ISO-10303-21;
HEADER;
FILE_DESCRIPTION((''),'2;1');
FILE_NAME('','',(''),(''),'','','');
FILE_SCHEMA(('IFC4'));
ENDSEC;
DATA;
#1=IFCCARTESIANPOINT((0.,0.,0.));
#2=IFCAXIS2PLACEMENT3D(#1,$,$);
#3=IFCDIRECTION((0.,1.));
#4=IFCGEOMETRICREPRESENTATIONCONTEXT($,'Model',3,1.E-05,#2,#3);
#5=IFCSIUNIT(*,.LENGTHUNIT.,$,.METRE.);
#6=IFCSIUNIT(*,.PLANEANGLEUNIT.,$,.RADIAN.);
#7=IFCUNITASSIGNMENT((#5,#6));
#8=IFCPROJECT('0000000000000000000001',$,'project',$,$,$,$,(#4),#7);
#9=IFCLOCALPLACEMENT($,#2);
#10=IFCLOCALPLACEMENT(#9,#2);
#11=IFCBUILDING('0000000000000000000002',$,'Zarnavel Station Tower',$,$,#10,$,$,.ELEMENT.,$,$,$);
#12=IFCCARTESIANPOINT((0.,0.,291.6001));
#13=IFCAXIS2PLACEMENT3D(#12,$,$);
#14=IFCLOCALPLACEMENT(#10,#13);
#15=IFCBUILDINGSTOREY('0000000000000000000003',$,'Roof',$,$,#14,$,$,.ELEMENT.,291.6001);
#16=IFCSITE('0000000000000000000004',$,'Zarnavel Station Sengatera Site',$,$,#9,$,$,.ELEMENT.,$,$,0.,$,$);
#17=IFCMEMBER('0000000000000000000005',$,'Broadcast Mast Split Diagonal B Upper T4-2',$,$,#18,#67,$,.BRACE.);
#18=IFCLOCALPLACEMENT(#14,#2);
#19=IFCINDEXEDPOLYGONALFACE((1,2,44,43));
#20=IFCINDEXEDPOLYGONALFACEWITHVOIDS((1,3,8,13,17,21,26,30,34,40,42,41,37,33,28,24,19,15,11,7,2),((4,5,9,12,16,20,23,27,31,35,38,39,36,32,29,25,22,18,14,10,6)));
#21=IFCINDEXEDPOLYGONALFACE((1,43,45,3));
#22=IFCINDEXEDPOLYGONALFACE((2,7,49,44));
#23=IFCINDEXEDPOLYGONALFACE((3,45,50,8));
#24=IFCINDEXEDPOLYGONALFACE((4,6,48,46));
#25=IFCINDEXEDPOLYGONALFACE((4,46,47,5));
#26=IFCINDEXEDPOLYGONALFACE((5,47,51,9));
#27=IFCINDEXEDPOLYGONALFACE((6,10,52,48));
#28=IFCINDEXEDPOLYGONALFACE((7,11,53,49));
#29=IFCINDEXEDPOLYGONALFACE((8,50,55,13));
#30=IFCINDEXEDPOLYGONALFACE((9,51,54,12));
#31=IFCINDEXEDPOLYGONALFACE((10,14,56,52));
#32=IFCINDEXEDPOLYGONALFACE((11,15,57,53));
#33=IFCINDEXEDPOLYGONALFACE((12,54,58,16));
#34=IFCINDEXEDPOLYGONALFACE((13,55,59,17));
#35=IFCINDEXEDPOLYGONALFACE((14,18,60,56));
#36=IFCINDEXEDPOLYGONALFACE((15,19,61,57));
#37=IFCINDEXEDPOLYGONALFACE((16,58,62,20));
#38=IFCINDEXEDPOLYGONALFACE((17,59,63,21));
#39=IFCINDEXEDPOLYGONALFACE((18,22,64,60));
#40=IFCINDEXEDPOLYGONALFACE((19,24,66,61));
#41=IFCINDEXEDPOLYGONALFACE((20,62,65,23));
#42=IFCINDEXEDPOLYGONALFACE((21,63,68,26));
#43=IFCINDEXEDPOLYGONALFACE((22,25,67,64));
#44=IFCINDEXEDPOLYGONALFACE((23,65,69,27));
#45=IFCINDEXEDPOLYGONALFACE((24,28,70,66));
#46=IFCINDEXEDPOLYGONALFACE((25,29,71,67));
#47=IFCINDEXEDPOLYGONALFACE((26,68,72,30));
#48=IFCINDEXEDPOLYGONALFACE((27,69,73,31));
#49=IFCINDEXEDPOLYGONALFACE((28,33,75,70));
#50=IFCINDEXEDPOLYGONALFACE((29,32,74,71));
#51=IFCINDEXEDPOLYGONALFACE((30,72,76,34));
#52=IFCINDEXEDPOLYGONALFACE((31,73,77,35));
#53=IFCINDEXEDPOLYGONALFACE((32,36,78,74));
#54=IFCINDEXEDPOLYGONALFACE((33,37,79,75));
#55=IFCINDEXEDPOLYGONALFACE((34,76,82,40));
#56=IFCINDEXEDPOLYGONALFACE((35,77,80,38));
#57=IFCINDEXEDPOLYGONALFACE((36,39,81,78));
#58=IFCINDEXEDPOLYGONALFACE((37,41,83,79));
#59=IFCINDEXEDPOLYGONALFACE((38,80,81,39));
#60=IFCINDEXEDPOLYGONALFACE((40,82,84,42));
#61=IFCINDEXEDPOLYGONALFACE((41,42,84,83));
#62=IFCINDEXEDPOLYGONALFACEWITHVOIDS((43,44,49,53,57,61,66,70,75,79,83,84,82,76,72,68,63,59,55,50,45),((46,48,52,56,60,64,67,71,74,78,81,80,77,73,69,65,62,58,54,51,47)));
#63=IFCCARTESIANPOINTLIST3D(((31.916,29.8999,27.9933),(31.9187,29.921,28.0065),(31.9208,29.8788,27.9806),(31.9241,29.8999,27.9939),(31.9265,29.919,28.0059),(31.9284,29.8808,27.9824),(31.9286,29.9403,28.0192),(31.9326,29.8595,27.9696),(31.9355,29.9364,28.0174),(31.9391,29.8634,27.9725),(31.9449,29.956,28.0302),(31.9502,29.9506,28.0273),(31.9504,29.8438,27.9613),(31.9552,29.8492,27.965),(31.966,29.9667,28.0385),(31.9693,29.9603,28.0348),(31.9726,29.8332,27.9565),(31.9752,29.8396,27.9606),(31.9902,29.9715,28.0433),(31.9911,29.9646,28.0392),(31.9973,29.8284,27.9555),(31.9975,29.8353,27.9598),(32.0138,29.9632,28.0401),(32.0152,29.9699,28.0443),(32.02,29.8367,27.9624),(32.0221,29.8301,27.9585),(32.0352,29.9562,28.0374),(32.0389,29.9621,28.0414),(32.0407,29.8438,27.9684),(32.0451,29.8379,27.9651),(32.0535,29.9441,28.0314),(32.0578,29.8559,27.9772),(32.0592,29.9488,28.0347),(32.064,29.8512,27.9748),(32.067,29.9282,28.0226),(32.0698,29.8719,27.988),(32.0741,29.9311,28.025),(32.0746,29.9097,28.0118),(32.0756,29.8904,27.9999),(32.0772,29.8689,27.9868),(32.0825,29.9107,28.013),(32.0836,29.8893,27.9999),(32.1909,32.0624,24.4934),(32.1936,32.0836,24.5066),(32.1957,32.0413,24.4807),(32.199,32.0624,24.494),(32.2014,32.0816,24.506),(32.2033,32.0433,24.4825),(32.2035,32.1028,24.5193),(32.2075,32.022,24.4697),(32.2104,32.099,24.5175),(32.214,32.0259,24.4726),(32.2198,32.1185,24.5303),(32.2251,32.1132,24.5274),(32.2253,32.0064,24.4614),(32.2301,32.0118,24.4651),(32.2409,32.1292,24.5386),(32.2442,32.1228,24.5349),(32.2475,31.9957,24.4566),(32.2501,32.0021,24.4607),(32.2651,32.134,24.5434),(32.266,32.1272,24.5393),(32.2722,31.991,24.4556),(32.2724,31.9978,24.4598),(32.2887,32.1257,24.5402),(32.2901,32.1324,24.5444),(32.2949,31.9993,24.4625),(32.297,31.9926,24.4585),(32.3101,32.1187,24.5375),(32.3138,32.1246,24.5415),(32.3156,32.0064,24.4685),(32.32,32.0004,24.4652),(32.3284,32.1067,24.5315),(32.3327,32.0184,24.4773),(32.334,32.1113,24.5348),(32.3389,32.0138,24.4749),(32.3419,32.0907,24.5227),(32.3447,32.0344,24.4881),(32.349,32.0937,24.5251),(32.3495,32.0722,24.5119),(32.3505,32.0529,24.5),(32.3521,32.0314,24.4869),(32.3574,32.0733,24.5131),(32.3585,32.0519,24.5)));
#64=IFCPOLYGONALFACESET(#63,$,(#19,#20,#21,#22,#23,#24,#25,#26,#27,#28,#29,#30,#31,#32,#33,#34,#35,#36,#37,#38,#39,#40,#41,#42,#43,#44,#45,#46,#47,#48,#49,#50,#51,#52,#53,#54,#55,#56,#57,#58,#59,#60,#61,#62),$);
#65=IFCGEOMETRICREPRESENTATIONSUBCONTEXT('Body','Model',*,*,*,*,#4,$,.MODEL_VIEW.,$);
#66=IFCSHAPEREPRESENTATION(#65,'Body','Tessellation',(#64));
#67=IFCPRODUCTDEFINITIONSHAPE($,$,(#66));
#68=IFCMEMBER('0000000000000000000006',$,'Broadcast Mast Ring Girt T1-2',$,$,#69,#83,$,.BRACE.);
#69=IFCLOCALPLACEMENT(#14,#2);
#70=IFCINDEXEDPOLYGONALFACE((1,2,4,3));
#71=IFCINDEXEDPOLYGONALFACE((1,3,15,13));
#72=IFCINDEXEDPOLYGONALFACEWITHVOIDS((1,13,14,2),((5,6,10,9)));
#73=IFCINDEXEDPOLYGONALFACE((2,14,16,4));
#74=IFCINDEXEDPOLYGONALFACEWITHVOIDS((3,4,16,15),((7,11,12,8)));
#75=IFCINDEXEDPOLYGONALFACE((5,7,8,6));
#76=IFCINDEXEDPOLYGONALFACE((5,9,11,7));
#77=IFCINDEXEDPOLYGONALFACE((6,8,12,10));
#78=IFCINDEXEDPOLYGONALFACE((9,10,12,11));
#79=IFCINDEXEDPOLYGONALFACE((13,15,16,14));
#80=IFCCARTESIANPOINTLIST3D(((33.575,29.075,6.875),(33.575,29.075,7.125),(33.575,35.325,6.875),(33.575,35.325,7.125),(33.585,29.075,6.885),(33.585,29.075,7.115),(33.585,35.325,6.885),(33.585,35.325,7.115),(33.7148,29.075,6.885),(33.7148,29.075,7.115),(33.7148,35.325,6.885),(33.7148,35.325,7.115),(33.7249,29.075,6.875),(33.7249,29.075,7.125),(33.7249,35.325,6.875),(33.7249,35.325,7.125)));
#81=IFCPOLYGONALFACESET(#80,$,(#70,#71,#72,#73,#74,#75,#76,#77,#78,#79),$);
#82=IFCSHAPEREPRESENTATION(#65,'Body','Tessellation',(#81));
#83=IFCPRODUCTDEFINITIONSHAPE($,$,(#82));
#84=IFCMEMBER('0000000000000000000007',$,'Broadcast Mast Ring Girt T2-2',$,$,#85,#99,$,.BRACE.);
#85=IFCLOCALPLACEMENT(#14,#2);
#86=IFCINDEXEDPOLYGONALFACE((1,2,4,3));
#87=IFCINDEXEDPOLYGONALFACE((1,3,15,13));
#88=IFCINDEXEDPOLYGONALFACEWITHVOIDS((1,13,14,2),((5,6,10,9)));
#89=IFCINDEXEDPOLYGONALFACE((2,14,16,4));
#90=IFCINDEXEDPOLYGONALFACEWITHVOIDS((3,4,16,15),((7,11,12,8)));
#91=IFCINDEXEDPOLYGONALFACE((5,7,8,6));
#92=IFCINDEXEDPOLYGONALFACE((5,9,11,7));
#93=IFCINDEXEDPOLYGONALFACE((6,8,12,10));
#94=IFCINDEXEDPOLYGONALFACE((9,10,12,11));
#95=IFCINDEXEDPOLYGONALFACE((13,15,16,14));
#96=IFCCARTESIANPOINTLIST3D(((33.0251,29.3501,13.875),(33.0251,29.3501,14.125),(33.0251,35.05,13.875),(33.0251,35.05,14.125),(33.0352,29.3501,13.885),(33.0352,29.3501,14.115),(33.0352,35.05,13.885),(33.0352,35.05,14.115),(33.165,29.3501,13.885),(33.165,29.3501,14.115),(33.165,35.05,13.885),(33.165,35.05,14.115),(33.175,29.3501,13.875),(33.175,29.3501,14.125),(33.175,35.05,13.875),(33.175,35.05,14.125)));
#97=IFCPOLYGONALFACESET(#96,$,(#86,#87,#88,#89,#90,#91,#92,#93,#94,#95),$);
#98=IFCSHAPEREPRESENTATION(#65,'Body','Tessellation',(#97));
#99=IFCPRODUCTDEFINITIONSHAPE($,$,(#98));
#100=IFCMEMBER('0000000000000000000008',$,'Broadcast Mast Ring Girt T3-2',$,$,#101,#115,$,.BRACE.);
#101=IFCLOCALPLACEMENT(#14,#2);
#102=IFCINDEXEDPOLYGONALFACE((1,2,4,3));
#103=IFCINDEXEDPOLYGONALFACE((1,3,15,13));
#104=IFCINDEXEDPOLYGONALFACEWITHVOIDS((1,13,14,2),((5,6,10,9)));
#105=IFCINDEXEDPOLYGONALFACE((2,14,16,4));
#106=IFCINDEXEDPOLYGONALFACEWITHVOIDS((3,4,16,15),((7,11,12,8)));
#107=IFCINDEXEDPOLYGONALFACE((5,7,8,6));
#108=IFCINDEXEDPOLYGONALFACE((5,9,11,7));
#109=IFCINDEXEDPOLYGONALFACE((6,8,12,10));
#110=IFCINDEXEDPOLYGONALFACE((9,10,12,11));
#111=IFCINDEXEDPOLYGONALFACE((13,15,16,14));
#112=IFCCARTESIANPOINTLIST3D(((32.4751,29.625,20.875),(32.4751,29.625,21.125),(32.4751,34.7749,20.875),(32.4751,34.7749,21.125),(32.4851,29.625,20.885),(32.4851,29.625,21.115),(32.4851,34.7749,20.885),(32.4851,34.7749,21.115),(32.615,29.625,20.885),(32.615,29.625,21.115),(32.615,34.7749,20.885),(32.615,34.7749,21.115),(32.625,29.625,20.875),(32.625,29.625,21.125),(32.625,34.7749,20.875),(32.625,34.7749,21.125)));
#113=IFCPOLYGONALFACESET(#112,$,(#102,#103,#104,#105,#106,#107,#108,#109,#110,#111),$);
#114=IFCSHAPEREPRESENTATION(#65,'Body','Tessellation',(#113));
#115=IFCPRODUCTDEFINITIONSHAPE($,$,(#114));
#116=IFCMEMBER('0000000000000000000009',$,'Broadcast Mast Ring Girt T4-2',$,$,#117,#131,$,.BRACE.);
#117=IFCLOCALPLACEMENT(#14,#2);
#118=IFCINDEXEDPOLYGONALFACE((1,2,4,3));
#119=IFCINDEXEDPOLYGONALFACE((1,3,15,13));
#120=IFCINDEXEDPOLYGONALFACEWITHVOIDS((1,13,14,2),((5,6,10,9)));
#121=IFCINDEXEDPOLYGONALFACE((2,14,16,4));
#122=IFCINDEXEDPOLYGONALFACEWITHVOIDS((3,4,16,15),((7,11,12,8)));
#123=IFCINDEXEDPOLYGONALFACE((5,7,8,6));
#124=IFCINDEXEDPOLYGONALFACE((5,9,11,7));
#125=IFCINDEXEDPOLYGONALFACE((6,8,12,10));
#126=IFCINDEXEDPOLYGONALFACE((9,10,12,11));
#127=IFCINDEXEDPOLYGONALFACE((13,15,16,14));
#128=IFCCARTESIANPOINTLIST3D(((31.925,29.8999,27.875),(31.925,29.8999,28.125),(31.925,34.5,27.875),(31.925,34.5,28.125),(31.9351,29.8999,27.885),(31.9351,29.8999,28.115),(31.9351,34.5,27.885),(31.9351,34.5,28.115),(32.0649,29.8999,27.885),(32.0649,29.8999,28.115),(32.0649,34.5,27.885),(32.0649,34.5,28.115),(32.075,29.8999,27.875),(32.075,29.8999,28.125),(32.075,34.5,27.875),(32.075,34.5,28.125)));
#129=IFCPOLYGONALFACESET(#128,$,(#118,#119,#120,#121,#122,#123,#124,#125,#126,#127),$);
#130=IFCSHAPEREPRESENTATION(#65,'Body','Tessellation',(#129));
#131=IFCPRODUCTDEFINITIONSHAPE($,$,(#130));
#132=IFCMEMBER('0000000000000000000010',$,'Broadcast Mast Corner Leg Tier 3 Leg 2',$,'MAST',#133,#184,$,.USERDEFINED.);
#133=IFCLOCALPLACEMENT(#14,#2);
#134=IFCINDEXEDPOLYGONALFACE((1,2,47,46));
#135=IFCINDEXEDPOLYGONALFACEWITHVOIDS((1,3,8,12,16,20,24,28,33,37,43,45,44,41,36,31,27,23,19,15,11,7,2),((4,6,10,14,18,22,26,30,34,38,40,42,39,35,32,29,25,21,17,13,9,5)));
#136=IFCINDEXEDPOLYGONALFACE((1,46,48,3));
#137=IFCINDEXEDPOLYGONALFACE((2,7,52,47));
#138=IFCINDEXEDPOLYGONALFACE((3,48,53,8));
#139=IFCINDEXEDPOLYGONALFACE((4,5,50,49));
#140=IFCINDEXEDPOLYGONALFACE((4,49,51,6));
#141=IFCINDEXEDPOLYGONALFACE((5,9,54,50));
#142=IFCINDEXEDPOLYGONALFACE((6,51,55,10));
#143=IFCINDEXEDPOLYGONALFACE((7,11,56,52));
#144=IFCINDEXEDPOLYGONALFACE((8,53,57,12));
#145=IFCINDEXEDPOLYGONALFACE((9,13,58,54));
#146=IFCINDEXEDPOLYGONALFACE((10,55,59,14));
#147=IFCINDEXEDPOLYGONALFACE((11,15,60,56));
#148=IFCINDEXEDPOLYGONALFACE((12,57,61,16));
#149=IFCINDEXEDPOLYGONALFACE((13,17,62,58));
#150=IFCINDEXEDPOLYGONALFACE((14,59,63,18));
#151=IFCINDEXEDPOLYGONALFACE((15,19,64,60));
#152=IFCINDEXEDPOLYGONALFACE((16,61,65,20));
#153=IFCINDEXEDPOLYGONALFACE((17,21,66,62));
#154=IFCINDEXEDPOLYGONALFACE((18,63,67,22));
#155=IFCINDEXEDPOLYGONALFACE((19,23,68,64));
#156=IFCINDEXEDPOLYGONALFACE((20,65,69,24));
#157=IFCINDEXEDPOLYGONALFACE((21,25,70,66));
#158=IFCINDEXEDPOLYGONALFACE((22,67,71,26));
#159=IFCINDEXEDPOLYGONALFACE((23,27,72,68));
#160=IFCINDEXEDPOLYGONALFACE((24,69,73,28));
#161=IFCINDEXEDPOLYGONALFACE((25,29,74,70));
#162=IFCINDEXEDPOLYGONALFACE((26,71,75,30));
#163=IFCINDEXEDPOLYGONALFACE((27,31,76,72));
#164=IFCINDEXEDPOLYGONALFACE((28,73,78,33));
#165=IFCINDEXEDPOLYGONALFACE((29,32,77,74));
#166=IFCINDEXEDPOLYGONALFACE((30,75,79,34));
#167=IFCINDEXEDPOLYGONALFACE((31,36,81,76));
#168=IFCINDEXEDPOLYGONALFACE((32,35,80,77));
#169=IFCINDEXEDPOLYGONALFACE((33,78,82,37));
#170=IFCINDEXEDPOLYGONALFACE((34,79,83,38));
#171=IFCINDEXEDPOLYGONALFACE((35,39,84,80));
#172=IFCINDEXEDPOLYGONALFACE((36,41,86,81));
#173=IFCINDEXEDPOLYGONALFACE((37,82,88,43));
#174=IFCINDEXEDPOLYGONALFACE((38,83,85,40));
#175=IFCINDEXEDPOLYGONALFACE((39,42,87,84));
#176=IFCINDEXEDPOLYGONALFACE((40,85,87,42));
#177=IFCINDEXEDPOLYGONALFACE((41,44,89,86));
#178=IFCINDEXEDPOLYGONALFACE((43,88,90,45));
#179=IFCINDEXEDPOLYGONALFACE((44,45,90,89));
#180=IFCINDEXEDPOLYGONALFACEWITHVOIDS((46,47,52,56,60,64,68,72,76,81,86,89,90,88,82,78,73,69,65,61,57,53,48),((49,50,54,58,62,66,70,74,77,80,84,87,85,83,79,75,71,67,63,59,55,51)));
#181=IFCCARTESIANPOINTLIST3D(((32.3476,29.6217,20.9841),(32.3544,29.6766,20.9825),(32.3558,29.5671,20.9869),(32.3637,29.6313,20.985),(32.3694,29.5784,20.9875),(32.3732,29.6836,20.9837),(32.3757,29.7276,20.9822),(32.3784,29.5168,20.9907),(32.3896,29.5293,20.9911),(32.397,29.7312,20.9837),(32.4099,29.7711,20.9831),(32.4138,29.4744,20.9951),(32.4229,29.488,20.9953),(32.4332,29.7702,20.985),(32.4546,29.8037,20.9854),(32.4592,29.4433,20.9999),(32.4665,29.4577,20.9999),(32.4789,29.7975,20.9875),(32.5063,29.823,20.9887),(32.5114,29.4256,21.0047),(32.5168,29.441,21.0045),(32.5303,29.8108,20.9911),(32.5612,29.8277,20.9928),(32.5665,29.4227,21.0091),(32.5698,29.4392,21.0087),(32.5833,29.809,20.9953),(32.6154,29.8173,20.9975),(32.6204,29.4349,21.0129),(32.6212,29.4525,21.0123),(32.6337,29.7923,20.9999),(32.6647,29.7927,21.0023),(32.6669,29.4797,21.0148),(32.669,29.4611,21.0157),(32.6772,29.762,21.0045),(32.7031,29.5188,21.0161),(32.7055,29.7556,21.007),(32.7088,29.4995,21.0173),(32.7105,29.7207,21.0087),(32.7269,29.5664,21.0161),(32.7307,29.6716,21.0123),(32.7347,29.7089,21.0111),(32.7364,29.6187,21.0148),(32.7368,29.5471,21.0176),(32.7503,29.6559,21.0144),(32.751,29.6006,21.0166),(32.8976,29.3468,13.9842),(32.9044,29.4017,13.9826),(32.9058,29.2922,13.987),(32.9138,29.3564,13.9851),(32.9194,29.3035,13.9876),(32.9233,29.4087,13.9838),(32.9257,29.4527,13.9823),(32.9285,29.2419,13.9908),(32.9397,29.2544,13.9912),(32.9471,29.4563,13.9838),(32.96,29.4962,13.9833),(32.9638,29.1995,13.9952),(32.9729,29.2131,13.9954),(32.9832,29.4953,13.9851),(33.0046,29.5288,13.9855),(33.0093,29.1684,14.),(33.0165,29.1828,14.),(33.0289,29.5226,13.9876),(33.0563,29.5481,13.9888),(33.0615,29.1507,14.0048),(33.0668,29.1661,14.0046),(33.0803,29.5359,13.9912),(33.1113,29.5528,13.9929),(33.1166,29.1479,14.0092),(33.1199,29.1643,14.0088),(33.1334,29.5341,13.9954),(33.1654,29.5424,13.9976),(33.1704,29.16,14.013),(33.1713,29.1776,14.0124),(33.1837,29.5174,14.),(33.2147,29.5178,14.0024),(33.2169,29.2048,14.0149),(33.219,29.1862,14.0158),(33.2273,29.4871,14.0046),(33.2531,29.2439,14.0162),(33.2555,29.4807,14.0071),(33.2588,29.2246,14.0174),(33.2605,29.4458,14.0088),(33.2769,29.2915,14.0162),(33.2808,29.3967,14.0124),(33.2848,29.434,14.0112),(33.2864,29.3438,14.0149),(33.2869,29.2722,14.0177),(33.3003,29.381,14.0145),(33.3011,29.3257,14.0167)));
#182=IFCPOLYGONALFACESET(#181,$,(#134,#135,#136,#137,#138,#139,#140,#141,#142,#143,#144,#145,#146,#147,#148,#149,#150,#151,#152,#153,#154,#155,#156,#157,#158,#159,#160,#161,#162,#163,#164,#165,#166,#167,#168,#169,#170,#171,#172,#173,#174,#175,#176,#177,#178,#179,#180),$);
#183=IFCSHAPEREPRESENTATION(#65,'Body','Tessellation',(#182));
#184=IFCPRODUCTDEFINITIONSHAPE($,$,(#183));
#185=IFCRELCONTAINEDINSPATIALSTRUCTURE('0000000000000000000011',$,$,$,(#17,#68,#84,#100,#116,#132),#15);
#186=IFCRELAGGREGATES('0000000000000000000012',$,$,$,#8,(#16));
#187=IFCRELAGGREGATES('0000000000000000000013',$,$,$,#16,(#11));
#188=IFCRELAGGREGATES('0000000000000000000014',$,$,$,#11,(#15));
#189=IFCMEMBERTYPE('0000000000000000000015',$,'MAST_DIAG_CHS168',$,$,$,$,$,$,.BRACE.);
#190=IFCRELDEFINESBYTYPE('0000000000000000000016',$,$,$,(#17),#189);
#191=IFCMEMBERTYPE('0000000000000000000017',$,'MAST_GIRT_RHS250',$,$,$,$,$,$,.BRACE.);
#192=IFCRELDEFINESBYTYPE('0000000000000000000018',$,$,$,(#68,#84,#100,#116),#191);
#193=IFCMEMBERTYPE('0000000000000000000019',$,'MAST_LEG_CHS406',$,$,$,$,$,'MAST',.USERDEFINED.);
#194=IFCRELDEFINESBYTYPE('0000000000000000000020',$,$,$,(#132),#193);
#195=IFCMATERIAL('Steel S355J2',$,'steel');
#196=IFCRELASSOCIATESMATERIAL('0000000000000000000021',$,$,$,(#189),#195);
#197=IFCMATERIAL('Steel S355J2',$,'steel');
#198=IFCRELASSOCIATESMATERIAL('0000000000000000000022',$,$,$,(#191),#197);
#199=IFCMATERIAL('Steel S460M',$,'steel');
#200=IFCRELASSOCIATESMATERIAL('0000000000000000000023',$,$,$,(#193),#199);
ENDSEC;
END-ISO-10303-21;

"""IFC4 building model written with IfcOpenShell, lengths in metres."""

from ifc_helpers import new_model, si_unit, direction, frame, origin, origin_2d, place, context, subcontext, project, spatial, hollow_rectangle, hollow_circle, extrude, material, material_profile, profile_set, type_object, element, save


model = new_model("IFC4")

# Units and contexts
model_context = context("Model", 3, precision=1e-05, world=origin(), true_north=direction((0.0, 1.0)))
body_context = subcontext(model_context, "Body", "Model", "MODEL_VIEW")
ifc_project = project(units=[si_unit("LENGTHUNIT", "METRE"), si_unit("PLANEANGLEUNIT", "RADIAN")], contexts=[model_context])

# Site, building, storey
site_placement = place(None, origin())
site = spatial("IfcSite", under=ifc_project, at=site_placement, Name="Zarnavel Station Sengatera Site", CompositionType="ELEMENT", RefElevation=0.0)
building_placement = place(site_placement, origin())
building = spatial("IfcBuilding", under=site, at=building_placement, Name="Zarnavel Station Tower", CompositionType="ELEMENT")
storey_placement = place(building_placement, frame((0.0, 0.0, 291.6001)))
storey = spatial("IfcBuildingStorey", under=building, at=storey_placement, Name="Roof", CompositionType="ELEMENT", Elevation=291.6001)

# Members
ifc_material_1 = material(Name="Steel S355J2", Category="steel")
ifc_material_profile_1 = material_profile(ifc_material_1, hollow_circle(Radius=0.0842, WallThickness=0.0081, at=origin_2d()), Name="CHS168.3x8")
ifc_profile_set_1 = profile_set([ifc_material_profile_1], Name="Steel S355J2")
member_type_1 = type_object("IfcMemberType", Name="MAST_DIAG_CHS168", PredefinedType="BRACE", material=ifc_profile_set_1)
member_1_placement = place(storey_placement, frame((32.2749, 32.0625, 24.5), z_axis=(-0.066669, -0.52447, 0.848815), x_axis=(0.992017, -0.126102, 0.0)))
element("IfcMember", 1, at=member_1_placement, inside=storey, type_object=member_type_1, Name="Broadcast Mast Split Diagonal B Upper T4-2", PredefinedType="BRACE", context=body_context, shape_type="SweptSolid", body=[
    extrude(hollow_circle(Radius=0.0842, WallThickness=0.0081, at=origin_2d()), origin(), (0.0, 0.0, 1.0), 4.1233),
])
ifc_material_2 = material(Name="Steel S355J2", Category="steel")
ifc_material_profile_2 = material_profile(ifc_material_2, hollow_rectangle(XDim=0.1499, YDim=0.25, WallThickness=0.01, at=origin_2d()), Name="RHS250x150x10")
ifc_profile_set_2 = profile_set([ifc_material_profile_2], Name="Steel S355J2")
member_type_2 = type_object("IfcMemberType", Name="MAST_GIRT_RHS250", PredefinedType="BRACE", material=ifc_profile_set_2)
member_2_placement = place(storey_placement, frame((33.6499, 29.075, 7.0), z_axis=(0.0, 1.0, 0.0), x_axis=(-1.0, 0.0, 0.0)))
element("IfcMember", 2, at=member_2_placement, inside=storey, type_object=member_type_2, Name="Broadcast Mast Ring Girt T1-2", PredefinedType="BRACE", context=body_context, shape_type="SweptSolid", body=[
    extrude(hollow_rectangle(XDim=0.1499, YDim=0.25, WallThickness=0.01, at=origin_2d()), origin(), (0.0, 0.0, 1.0), 6.25),
])
member_3_placement = place(storey_placement, frame((33.1001, 29.3501, 14.0), z_axis=(0.0, 1.0, 0.0), x_axis=(-1.0, 0.0, 0.0)))
element("IfcMember", 3, at=member_3_placement, inside=storey, type_object=member_type_2, Name="Broadcast Mast Ring Girt T2-2", PredefinedType="BRACE", context=body_context, shape_type="SweptSolid", body=[
    extrude(hollow_rectangle(XDim=0.1499, YDim=0.25, WallThickness=0.01, at=origin_2d()), origin(), (0.0, 0.0, 1.0), 5.7),
])
member_4_placement = place(storey_placement, frame((32.55, 29.625, 21.0), z_axis=(0.0, 1.0, 0.0), x_axis=(-1.0, 0.0, 0.0)))
element("IfcMember", 4, at=member_4_placement, inside=storey, type_object=member_type_2, Name="Broadcast Mast Ring Girt T3-2", PredefinedType="BRACE", context=body_context, shape_type="SweptSolid", body=[
    extrude(hollow_rectangle(XDim=0.1499, YDim=0.25, WallThickness=0.01, at=origin_2d()), origin(), (0.0, 0.0, 1.0), 5.1499),
])
member_5_placement = place(storey_placement, frame((32.0, 29.8999, 28.0), z_axis=(0.0, 1.0, 0.0), x_axis=(-1.0, 0.0, 0.0)))
element("IfcMember", 5, at=member_5_placement, inside=storey, type_object=member_type_2, Name="Broadcast Mast Ring Girt T4-2", PredefinedType="BRACE", context=body_context, shape_type="SweptSolid", body=[
    extrude(hollow_rectangle(XDim=0.1499, YDim=0.25, WallThickness=0.01, at=origin_2d()), origin(), (0.0, 0.0, 1.0), 4.6001),
])
ifc_material_3 = material(Name="Steel S460M", Category="steel")
ifc_material_profile_3 = material_profile(ifc_material_3, hollow_circle(Radius=0.2031, WallThickness=0.0161, at=origin_2d()), Name="CHS406.4x16")
ifc_profile_set_3 = profile_set([ifc_material_profile_3], Name="Steel S460M")
member_type_3 = type_object("IfcMemberType", Name="MAST_LEG_CHS406", ElementType="MAST", PredefinedType="USERDEFINED", material=ifc_profile_set_3)
for number, where, z_axis, x_axis, name in (
    (6, (33.1001, 29.3501, 14.0), (-0.078277, 0.039121, 0.996164), (-0.447055, -0.894507, 0.0), "Broadcast Mast Corner Leg Tier 3 Leg 2"),
):
    element("IfcMember", number, at=place(storey_placement, frame(where, z_axis=z_axis, x_axis=x_axis)), inside=storey, type_object=member_type_3, Name=name, ObjectType="MAST", PredefinedType="USERDEFINED", context=body_context, shape_type="SweptSolid", body=[
        extrude(hollow_circle(Radius=0.2031, WallThickness=0.0161, at=origin_2d()), origin(), (0.0, 0.0, 1.0), 7.0269),
    ])

save(model, "model.ifc")
